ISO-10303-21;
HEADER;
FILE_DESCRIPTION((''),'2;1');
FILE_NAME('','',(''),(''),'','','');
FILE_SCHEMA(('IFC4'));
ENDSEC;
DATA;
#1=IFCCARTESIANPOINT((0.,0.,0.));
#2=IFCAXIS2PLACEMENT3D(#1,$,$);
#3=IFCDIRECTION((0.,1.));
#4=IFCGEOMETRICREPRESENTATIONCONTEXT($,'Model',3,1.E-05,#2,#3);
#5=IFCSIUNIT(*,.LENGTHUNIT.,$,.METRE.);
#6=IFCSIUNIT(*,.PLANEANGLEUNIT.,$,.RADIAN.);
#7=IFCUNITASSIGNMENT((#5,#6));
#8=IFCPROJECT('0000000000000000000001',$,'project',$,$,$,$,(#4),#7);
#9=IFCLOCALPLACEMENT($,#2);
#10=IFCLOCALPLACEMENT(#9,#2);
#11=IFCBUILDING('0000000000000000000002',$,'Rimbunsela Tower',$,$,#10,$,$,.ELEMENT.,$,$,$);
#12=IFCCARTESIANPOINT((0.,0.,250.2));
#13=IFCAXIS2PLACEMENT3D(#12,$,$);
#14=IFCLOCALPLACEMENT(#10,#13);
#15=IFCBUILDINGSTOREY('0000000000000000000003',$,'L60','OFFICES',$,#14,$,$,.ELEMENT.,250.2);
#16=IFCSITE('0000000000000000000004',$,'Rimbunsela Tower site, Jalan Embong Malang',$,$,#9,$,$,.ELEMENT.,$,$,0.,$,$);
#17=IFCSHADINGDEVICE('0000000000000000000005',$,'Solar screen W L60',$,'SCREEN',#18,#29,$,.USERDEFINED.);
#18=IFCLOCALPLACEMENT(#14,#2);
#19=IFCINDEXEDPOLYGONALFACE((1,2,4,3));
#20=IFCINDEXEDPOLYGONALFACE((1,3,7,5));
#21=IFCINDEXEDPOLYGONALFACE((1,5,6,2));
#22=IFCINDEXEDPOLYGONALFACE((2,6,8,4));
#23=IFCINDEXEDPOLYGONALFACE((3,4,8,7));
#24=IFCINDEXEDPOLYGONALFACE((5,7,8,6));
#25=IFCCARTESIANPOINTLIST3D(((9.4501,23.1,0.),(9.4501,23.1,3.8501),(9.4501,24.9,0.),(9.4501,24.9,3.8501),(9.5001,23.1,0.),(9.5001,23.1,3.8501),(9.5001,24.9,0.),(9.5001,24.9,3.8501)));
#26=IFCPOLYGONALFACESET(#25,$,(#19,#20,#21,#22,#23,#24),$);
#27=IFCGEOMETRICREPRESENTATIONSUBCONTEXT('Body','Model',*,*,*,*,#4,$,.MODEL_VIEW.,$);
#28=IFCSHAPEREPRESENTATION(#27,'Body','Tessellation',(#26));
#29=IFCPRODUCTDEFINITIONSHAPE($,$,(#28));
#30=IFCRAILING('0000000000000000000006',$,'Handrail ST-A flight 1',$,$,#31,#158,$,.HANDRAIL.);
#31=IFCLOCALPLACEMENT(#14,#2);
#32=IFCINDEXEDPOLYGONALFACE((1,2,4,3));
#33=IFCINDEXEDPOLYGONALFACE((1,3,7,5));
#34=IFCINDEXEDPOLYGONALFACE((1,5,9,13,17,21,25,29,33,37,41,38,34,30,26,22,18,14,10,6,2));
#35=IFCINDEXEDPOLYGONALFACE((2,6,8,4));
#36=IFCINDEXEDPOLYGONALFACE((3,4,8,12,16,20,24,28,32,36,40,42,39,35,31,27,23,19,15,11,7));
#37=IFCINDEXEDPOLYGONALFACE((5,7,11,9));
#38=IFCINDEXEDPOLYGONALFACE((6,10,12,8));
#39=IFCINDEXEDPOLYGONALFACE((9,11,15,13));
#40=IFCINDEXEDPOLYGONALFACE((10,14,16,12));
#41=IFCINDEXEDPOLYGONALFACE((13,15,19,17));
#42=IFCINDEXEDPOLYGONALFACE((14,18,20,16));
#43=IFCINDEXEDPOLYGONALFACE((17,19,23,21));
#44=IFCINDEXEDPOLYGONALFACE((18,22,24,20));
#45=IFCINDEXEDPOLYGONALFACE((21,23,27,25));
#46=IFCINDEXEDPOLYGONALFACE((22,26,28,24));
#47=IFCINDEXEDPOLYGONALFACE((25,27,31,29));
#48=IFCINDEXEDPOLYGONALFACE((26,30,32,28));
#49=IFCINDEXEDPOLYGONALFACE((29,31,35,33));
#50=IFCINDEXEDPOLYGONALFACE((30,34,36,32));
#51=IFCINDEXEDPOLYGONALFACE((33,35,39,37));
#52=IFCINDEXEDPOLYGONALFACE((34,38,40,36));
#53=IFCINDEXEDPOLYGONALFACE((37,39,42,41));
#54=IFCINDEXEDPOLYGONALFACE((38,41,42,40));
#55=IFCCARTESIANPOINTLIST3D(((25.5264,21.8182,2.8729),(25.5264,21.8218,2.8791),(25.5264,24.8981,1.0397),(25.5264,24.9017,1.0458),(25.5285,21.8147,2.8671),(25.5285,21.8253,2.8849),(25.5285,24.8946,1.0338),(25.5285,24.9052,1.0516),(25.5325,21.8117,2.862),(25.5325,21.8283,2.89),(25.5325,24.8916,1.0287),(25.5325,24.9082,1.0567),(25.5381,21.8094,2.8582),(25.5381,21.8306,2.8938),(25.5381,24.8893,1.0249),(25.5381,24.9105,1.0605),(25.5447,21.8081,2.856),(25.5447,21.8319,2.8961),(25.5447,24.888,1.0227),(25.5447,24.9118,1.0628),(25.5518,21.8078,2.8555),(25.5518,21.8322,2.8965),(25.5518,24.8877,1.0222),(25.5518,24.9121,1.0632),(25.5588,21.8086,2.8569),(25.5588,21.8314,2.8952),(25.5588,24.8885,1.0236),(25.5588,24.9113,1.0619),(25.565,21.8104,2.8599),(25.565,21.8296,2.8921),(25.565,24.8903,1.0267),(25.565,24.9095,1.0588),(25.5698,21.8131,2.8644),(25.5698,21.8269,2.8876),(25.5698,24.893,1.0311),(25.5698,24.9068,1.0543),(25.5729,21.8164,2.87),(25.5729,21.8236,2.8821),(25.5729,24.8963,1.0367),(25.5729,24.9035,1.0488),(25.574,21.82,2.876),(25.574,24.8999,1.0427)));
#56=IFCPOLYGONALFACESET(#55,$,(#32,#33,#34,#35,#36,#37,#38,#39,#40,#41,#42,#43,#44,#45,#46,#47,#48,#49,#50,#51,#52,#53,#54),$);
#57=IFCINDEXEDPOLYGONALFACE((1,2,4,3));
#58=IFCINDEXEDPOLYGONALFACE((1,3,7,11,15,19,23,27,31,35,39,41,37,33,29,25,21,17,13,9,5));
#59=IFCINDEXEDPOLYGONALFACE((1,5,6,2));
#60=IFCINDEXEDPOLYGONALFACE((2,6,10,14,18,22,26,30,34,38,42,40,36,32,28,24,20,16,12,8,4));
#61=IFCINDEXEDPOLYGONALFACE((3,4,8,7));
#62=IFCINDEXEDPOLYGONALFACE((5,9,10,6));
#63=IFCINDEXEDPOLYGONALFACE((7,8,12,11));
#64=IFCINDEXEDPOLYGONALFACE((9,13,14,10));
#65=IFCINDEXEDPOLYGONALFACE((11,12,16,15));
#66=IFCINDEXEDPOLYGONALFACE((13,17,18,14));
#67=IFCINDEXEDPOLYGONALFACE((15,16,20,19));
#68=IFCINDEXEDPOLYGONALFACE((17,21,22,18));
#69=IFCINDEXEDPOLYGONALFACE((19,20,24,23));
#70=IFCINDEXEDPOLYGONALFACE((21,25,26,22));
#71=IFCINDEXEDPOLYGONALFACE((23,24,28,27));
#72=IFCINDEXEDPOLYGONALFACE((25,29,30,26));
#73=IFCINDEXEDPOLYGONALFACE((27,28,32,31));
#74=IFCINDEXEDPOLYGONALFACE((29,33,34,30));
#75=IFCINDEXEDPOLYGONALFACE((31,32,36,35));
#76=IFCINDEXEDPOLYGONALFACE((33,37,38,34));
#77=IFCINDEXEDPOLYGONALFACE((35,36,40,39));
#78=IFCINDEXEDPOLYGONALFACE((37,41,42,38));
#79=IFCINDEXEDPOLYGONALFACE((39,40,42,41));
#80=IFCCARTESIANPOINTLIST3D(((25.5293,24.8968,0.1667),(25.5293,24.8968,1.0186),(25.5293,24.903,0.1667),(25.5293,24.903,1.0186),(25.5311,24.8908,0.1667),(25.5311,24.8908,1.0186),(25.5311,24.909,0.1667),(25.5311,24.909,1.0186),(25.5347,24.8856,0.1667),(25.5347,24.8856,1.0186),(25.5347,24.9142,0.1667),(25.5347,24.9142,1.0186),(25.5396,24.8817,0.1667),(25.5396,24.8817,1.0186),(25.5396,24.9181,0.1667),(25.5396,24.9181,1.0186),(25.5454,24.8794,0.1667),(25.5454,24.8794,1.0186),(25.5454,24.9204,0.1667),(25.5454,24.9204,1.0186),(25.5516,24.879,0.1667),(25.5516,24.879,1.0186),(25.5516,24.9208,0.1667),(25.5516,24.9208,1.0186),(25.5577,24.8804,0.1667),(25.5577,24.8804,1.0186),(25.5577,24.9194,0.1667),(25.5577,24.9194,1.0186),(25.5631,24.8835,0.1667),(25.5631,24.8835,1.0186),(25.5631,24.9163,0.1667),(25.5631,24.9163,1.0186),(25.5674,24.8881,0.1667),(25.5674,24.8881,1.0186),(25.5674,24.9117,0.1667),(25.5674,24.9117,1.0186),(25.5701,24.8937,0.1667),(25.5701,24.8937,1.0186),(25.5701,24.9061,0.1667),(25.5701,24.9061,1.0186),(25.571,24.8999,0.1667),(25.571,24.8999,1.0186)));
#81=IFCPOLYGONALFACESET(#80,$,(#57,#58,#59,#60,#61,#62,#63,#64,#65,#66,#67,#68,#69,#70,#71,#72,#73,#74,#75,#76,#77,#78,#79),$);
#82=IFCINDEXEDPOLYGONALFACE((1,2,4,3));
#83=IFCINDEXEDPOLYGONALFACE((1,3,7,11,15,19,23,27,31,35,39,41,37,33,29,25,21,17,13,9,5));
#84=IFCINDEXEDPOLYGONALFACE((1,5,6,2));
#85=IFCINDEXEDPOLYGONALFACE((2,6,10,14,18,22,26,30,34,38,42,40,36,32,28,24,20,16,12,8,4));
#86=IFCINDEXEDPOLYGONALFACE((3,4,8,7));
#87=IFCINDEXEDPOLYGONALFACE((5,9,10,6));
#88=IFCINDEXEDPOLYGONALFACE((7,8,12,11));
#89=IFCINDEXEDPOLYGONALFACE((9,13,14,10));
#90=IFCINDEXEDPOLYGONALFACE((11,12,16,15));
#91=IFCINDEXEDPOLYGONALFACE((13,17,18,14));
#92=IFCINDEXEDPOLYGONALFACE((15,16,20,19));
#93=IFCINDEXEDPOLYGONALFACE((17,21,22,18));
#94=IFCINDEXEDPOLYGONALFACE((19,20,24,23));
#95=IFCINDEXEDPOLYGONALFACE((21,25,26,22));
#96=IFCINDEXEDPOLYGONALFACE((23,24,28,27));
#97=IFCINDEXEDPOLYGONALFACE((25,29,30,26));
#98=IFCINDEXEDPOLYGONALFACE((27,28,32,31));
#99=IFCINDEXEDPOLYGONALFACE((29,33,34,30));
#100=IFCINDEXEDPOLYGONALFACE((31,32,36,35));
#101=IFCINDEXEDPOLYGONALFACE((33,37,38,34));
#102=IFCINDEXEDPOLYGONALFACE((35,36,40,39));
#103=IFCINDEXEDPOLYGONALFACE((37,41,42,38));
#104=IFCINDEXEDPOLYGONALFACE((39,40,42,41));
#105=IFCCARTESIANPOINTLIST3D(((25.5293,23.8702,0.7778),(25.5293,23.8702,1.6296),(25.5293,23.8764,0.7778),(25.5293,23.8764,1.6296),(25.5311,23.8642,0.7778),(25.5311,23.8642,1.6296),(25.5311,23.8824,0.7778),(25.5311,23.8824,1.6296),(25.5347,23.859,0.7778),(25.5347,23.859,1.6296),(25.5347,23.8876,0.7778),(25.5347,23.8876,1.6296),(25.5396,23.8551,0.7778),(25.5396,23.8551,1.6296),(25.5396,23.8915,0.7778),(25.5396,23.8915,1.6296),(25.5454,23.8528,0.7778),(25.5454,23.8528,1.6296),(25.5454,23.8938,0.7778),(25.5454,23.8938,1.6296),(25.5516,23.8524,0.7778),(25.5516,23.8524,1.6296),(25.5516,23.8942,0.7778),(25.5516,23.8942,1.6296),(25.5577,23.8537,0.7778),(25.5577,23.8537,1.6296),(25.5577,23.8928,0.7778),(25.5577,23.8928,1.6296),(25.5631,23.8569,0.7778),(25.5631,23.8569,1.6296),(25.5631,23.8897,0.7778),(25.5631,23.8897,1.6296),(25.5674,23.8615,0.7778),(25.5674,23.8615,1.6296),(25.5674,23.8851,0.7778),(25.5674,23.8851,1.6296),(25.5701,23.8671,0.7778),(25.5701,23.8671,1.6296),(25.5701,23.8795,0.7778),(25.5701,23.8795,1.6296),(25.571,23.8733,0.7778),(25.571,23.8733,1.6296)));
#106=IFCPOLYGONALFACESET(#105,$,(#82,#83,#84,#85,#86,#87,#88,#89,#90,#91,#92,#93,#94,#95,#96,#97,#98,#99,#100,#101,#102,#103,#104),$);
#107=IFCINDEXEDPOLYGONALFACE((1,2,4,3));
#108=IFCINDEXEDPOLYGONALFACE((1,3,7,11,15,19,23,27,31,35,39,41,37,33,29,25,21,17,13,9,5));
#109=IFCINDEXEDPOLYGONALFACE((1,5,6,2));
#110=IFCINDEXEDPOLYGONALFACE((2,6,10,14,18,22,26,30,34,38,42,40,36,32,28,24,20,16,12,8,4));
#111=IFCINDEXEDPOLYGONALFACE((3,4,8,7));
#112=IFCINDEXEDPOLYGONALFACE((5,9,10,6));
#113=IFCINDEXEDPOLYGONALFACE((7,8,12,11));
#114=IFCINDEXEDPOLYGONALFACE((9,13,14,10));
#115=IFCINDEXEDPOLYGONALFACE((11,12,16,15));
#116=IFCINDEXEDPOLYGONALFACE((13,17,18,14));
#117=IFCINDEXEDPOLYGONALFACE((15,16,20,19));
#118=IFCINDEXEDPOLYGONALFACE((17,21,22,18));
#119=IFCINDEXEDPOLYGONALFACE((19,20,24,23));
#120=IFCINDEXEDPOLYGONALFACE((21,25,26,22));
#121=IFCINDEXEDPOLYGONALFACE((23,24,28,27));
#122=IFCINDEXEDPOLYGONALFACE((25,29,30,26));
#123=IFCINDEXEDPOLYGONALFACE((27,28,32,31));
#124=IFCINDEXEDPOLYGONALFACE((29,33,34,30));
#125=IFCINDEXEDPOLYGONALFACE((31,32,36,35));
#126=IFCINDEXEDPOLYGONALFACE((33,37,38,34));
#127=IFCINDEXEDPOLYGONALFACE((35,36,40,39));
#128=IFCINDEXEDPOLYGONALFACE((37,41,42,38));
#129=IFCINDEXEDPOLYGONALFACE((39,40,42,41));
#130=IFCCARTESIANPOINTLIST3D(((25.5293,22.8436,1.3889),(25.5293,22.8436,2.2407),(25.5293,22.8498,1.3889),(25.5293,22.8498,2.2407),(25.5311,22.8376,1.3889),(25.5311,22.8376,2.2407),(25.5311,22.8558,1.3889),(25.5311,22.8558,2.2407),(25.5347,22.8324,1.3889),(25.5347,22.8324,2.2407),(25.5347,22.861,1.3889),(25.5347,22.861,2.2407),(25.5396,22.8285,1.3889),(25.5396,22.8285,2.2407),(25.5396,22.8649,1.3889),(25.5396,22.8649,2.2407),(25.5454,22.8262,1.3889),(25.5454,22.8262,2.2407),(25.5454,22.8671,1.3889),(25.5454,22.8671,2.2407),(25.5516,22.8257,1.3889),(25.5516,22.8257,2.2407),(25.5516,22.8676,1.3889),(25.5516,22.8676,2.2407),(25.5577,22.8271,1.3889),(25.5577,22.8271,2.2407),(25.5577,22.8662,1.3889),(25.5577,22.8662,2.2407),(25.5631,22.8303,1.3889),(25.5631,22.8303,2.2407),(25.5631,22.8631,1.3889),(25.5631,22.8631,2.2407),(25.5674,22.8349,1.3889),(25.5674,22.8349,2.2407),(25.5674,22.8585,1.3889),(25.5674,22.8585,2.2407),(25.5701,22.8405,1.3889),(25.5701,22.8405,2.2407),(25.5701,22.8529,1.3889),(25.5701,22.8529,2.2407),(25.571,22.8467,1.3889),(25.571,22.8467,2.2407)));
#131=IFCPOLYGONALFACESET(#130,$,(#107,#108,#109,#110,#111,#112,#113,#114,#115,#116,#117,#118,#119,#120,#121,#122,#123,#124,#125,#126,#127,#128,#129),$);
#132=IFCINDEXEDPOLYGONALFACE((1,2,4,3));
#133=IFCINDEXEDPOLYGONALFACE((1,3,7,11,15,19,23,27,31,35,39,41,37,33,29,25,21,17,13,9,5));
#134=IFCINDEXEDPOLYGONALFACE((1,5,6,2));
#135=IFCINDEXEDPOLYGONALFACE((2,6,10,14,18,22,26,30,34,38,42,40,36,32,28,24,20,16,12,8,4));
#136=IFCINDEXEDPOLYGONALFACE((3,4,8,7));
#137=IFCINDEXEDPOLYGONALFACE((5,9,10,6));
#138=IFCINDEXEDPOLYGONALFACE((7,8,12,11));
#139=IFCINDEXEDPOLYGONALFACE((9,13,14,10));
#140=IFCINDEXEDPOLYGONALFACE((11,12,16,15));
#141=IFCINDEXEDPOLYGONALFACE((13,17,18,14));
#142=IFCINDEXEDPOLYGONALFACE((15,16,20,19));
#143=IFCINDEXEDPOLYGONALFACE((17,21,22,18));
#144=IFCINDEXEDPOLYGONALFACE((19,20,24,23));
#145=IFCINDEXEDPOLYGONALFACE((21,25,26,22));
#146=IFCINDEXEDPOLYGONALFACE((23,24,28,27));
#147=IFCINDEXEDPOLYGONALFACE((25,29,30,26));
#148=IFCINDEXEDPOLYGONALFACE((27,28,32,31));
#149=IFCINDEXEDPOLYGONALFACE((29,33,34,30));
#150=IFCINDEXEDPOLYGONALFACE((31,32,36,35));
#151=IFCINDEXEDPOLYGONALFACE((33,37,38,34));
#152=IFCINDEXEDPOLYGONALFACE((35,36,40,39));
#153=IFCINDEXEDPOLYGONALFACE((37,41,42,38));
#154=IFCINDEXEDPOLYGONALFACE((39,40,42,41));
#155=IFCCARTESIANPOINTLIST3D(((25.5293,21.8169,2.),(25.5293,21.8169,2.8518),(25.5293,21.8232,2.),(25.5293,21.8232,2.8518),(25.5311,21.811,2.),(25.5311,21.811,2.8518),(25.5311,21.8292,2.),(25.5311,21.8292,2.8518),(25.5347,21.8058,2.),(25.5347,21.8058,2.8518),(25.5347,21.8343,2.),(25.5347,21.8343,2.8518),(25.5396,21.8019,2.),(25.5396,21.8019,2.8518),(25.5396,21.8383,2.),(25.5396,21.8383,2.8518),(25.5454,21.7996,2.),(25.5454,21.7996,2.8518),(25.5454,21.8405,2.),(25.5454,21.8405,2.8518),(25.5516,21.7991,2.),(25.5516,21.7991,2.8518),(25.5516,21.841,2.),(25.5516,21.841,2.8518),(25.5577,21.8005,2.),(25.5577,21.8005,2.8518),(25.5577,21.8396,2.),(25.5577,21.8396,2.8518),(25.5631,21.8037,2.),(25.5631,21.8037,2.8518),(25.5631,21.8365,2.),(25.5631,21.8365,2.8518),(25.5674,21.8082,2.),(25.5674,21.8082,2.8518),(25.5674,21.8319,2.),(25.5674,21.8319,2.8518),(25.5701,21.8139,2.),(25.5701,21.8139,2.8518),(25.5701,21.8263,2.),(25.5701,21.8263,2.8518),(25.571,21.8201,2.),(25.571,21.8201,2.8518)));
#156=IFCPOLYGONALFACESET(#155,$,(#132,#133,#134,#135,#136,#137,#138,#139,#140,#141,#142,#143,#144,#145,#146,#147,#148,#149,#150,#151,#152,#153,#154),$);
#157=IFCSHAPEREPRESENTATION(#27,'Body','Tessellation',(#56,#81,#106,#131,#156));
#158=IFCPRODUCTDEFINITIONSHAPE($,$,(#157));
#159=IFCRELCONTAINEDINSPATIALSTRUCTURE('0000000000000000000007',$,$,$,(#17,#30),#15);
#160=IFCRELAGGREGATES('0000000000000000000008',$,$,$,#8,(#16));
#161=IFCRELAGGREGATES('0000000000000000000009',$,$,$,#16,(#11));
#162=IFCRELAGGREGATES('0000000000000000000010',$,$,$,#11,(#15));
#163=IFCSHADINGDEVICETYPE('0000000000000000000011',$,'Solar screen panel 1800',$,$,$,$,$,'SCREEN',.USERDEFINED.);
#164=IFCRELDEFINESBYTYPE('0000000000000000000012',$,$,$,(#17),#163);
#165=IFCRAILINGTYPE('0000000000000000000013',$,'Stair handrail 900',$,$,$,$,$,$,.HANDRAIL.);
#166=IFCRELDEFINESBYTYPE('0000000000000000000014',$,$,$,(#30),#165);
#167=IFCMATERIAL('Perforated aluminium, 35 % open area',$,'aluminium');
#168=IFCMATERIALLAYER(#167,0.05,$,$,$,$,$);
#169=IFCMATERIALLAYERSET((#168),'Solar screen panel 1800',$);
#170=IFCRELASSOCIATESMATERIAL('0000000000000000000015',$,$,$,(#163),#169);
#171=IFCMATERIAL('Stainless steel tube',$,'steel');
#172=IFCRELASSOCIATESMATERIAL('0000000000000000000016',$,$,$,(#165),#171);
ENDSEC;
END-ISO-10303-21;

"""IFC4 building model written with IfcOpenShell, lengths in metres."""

from ifc_helpers import new_model, si_unit, direction, frame, origin, origin_2d, place, context, subcontext, project, spatial, rectangle, circle, extrude, material, layer, layer_set, type_object, element, save


model = new_model("IFC4")

# Units and contexts
model_context = context("Model", 3, precision=1e-05, world=origin(), true_north=direction((0.0, 1.0)))
body_context = subcontext(model_context, "Body", "Model", "MODEL_VIEW")
ifc_project = project(units=[si_unit("LENGTHUNIT", "METRE"), si_unit("PLANEANGLEUNIT", "RADIAN")], contexts=[model_context])

# Site, building, storey
site_placement = place(None, origin())
site = spatial("IfcSite", under=ifc_project, at=site_placement, Name="Rimbunsela Tower site, Jalan Embong Malang", CompositionType="ELEMENT", RefElevation=0.0)
building_placement = place(site_placement, origin())
building = spatial("IfcBuilding", under=site, at=building_placement, Name="Rimbunsela Tower", CompositionType="ELEMENT")
storey_placement = place(building_placement, frame((0.0, 0.0, 250.2)))
storey = spatial("IfcBuildingStorey", under=building, at=storey_placement, Name="L60", Description="OFFICES", CompositionType="ELEMENT", Elevation=250.2)

# Shading device
ifc_material_1 = material(Name="Perforated aluminium, 35 % open area", Category="aluminium")
ifc_layer_1 = layer(ifc_material_1, 0.05)
ifc_layer_set_1 = layer_set([ifc_layer_1], Name="Solar screen panel 1800")
shading_device_type = type_object("IfcShadingDeviceType", Name="Solar screen panel 1800", ElementType="SCREEN", PredefinedType="USERDEFINED", material=ifc_layer_set_1)
for number, where, z_axis, x_axis, name in (
    (1, (9.4751, 24.0, 0.0), (0.0, 0.0, 1.0), (0.0, 1.0, 0.0), "Solar screen W L60"),
):
    element("IfcShadingDevice", number, at=place(storey_placement, frame(where, z_axis=z_axis, x_axis=x_axis)), inside=storey, type_object=shading_device_type, Name=name, ObjectType="SCREEN", PredefinedType="USERDEFINED", context=body_context, shape_type="SweptSolid", body=[
        extrude(rectangle(XDim=1.8, YDim=0.05, at=origin_2d()), origin(), (0.0, 0.0, 1.0), 3.8501),
    ])

# Railing
ifc_material_2 = material(Name="Stainless steel tube", Category="steel")
railing_type = type_object("IfcRailingType", Name="Stair handrail 900", PredefinedType="HANDRAIL", material=ifc_material_2)
railing_1_placement = place(storey_placement, frame((25.55, 24.8999, 0.1667)))
element("IfcRailing", 2, at=railing_1_placement, inside=storey, type_object=railing_type, Name="Handrail ST-A flight 1", PredefinedType="HANDRAIL", context=body_context, shape_type="SweptSolid", body=[
    extrude(circle(Radius=0.0239, at=origin_2d()), frame((0.0, 0.0, 0.876), z_axis=(0.0, -0.859291, 0.511487), x_axis=(1.0, 0.0, 0.0)), (0.0, 0.0, 1.0), 3.5842),
    extrude(circle(Radius=0.021, at=origin_2d()), origin(), (0.0, 0.0, 1.0), 0.8518),
    extrude(circle(Radius=0.021, at=origin_2d()), frame((0.0, -1.0266, 0.6111)), (0.0, 0.0, 1.0), 0.8518),
    extrude(circle(Radius=0.021, at=origin_2d()), frame((0.0, -2.0532, 1.2222)), (0.0, 0.0, 1.0), 0.8518),
    extrude(circle(Radius=0.021, at=origin_2d()), frame((0.0, -3.0798, 1.8333)), (0.0, 0.0, 1.0), 0.8518),
])

save(model, "model.ifc")
